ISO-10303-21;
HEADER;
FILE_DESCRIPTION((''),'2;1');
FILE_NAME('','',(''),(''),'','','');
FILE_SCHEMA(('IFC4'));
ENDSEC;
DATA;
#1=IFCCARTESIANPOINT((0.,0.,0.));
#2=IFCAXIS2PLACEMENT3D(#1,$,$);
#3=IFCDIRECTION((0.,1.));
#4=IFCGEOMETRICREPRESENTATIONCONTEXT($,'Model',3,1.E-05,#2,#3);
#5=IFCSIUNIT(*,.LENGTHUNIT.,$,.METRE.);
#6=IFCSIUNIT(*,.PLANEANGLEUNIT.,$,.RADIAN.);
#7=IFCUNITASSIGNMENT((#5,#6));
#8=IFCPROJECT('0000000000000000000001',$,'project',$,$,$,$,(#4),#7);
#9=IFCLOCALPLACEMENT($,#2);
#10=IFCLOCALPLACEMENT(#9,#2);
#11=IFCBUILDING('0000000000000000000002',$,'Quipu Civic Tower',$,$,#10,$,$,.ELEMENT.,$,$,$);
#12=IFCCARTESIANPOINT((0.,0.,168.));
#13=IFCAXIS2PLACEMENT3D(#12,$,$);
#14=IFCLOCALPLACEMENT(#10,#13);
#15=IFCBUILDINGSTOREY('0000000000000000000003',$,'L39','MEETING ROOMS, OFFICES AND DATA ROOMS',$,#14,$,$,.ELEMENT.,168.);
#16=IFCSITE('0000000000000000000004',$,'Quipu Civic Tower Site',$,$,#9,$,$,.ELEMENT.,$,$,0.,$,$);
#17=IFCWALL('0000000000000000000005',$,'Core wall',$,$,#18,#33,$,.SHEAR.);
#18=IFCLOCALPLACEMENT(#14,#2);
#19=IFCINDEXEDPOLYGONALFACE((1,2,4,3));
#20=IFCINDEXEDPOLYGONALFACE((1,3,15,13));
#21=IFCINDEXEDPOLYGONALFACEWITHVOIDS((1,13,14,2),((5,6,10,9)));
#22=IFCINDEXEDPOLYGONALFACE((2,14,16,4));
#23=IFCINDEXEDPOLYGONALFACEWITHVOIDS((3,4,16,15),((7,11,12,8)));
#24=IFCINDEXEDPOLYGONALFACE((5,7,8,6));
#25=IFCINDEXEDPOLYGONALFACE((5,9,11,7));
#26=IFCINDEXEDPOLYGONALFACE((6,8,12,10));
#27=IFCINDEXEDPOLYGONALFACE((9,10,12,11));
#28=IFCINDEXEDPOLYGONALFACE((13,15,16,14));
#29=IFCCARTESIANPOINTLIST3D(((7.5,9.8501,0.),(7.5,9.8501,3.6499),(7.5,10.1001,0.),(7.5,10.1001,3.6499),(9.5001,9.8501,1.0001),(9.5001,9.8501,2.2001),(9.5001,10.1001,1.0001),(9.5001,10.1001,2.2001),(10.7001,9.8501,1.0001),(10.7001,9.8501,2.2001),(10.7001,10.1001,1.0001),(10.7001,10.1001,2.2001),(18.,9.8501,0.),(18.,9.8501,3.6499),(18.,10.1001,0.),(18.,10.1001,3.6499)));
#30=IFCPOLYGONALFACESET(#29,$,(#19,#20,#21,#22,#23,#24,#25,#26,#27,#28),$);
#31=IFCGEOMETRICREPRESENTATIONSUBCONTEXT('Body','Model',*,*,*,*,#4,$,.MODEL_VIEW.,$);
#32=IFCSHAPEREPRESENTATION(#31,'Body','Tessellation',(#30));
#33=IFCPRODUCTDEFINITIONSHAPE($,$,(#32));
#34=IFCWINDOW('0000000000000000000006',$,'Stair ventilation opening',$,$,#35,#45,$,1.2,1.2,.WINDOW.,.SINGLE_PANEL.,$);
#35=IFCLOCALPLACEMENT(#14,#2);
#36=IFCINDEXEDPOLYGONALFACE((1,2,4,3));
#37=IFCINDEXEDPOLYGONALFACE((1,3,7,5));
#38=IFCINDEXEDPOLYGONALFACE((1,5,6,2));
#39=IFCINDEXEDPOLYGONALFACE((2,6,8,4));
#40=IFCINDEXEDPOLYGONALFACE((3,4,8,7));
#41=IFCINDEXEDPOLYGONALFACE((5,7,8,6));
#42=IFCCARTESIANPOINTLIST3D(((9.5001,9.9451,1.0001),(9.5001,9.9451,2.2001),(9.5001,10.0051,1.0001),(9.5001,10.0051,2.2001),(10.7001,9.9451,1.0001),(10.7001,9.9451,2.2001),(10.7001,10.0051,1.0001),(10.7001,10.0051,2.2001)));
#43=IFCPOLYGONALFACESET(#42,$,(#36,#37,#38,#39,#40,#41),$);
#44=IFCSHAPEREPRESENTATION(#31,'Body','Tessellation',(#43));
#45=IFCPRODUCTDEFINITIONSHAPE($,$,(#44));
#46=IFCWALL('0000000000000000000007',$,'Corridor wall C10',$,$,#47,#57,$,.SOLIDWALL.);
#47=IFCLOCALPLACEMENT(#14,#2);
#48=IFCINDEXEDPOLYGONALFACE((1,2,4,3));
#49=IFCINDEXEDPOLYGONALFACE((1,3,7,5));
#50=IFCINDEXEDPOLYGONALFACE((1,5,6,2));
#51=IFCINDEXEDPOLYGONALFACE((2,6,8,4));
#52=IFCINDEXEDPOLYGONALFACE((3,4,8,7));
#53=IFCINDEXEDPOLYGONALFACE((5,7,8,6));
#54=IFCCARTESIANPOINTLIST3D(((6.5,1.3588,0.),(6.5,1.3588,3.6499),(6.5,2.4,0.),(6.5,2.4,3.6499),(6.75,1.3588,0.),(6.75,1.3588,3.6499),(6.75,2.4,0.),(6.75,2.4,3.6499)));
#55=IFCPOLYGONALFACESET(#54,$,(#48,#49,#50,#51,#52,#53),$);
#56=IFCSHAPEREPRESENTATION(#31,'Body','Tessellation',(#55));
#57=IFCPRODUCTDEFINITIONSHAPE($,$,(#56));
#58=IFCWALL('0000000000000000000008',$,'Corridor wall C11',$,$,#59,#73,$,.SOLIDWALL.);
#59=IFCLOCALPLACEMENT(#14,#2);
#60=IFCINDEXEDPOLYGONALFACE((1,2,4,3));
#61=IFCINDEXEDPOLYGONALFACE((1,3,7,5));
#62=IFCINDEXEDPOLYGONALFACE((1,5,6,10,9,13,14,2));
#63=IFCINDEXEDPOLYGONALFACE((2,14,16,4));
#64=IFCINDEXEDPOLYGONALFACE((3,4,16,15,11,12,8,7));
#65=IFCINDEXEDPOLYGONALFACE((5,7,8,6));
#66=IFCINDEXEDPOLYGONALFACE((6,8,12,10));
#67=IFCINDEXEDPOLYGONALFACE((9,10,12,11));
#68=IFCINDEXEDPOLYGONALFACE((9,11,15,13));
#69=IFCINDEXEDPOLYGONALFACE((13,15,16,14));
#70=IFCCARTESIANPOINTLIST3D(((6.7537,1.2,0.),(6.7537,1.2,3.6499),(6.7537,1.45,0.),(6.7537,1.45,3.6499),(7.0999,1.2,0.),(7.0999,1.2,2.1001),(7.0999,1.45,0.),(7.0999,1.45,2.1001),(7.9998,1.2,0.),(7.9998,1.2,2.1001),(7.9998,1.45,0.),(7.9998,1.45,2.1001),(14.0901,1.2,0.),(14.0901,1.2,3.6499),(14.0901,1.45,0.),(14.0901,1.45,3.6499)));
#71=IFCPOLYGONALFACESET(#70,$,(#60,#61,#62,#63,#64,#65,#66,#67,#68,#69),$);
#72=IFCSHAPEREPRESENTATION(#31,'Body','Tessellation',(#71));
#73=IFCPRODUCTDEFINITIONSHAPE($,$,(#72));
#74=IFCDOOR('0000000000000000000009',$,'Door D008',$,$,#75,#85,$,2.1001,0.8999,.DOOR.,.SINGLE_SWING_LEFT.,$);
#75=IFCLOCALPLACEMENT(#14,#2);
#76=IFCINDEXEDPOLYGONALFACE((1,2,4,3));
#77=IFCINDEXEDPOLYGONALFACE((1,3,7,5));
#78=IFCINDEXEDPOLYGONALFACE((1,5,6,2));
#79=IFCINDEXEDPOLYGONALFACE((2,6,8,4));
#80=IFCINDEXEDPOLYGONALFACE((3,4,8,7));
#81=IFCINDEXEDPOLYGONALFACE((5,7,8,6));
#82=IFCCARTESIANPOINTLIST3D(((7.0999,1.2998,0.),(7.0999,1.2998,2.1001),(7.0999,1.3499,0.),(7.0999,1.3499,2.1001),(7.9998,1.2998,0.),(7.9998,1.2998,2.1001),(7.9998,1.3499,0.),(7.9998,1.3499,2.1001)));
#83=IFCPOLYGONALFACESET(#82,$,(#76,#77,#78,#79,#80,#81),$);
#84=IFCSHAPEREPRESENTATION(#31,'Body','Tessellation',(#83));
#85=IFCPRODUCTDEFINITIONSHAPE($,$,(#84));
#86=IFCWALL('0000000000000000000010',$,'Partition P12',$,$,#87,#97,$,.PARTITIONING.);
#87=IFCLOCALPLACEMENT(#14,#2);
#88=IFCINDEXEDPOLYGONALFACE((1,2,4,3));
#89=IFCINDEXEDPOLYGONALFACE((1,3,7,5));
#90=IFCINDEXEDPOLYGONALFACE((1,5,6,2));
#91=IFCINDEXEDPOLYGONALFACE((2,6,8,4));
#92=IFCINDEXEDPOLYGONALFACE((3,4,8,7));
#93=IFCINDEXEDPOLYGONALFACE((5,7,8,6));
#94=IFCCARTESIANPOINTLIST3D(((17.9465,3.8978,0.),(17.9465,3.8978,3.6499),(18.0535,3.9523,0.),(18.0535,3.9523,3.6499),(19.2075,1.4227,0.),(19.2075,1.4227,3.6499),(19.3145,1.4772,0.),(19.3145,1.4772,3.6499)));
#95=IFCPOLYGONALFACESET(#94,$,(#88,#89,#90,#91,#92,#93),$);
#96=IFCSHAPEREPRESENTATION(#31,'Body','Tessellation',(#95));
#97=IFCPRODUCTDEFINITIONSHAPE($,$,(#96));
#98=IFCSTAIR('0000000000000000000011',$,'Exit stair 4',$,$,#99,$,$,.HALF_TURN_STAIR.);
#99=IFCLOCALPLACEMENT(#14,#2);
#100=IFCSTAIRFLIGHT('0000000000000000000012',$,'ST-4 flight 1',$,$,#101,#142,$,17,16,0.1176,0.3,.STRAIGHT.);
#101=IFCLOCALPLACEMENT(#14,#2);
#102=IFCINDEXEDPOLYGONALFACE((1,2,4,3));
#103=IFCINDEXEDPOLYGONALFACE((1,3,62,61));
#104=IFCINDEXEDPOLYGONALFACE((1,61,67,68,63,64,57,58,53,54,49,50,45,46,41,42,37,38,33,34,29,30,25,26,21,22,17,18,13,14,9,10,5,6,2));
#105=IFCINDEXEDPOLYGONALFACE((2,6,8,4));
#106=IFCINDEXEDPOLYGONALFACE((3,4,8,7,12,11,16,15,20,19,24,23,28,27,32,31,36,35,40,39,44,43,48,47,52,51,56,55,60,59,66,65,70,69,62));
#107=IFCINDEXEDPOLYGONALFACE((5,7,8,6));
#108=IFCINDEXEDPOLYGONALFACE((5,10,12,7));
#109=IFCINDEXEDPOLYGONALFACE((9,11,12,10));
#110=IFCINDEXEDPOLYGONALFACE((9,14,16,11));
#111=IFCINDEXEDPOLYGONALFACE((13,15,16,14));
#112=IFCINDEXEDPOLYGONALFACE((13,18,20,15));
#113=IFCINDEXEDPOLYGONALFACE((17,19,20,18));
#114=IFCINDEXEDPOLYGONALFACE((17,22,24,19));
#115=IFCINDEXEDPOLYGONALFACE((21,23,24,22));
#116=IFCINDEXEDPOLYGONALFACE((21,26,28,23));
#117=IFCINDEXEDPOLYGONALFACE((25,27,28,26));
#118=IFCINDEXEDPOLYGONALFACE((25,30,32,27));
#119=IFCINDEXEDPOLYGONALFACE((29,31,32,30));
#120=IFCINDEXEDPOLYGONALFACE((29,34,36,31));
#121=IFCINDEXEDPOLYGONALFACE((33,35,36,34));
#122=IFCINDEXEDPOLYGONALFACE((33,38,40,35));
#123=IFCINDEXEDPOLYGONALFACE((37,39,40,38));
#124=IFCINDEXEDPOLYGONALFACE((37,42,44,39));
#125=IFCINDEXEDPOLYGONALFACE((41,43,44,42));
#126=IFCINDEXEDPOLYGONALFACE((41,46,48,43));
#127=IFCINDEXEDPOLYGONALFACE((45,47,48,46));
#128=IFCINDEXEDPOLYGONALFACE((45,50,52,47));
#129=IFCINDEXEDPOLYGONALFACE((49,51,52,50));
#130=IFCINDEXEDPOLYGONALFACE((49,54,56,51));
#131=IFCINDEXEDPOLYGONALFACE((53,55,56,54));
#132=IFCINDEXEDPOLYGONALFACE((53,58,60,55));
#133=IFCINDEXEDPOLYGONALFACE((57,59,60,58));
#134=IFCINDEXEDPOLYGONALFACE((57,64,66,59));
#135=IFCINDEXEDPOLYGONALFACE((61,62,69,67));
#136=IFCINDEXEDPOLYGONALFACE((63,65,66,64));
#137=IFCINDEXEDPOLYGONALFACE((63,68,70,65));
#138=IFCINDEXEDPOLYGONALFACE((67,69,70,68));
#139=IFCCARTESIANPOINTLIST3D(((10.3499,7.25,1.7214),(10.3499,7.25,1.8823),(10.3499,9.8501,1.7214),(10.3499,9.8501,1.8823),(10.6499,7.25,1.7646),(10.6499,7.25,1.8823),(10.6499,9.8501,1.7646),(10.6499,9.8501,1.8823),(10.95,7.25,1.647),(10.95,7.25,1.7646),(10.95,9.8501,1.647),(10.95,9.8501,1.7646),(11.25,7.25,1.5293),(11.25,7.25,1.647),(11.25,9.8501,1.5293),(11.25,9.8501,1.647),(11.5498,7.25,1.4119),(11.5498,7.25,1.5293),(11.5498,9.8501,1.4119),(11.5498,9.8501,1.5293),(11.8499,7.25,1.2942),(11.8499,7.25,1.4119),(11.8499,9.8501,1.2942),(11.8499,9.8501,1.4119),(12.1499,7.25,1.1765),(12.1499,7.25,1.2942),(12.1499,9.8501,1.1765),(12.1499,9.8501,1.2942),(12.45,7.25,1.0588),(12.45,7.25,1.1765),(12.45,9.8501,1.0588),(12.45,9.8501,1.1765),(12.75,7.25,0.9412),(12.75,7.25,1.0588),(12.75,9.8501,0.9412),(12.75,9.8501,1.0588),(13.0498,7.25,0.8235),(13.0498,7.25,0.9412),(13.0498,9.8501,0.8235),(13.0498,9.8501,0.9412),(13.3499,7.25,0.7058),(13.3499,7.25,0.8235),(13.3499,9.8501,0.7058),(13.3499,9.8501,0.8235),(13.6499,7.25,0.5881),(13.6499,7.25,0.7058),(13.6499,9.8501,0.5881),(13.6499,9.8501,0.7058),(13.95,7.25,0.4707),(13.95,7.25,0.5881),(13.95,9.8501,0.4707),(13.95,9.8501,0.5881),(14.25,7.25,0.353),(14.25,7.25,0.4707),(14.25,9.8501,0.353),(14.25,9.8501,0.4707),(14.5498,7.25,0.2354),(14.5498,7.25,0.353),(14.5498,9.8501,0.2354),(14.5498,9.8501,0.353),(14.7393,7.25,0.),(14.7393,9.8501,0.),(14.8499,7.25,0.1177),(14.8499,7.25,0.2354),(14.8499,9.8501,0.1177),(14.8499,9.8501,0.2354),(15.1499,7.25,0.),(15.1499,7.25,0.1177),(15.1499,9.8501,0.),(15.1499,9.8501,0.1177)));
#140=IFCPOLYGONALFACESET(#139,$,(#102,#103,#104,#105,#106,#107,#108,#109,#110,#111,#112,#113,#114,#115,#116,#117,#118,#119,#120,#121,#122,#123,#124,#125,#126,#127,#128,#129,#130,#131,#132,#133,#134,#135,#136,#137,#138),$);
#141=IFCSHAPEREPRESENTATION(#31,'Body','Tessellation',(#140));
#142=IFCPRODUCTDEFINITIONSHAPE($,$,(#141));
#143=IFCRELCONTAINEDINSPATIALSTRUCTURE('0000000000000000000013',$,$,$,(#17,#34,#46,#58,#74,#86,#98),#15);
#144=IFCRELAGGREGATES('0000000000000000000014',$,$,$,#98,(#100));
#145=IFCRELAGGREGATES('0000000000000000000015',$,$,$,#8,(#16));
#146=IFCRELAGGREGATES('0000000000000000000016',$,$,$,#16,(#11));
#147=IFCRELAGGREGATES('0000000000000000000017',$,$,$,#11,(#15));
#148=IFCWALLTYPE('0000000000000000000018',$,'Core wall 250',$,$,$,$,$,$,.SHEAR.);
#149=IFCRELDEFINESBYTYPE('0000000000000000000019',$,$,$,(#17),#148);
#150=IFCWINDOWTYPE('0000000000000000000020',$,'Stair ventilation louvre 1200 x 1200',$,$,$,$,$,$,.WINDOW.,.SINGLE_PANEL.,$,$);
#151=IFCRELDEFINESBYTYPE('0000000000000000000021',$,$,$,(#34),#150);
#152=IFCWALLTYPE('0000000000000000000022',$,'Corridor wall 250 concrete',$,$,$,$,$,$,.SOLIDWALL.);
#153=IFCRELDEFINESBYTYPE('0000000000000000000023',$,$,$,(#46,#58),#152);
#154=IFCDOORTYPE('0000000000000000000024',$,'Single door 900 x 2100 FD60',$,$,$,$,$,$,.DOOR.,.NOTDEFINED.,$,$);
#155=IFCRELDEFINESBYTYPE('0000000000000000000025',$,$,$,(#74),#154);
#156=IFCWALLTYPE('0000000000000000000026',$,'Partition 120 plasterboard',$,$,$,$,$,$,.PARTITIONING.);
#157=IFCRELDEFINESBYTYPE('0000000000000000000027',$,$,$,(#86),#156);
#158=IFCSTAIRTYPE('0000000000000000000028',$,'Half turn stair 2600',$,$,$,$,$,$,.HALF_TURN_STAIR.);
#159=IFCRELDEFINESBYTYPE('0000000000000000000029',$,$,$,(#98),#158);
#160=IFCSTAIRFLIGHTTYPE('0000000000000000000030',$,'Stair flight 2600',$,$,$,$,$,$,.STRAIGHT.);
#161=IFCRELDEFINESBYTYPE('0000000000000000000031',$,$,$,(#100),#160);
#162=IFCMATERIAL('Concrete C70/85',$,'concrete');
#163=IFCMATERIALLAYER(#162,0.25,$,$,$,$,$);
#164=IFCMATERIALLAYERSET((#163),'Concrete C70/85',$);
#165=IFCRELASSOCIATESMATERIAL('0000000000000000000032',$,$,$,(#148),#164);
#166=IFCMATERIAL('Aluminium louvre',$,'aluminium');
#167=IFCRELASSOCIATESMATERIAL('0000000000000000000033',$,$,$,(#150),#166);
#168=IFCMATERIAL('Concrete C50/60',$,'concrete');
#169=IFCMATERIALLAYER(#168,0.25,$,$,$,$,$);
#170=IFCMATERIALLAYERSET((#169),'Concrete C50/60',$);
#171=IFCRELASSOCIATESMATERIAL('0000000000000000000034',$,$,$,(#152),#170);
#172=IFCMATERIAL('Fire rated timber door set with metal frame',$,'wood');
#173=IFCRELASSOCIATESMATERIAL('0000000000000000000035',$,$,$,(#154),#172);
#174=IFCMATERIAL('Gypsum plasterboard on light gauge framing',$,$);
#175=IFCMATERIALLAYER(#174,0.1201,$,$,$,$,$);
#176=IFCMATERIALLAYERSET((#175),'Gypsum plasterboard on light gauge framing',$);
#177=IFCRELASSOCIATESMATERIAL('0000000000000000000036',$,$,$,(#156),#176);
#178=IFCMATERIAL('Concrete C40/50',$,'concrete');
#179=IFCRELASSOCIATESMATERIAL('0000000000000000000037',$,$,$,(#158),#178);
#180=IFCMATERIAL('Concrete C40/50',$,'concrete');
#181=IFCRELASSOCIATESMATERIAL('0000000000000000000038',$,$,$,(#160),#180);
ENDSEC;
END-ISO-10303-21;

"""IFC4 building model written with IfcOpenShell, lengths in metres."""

from ifc_helpers import new_model, si_unit, direction, frame, frame_2d, origin, place, context, subcontext, project, spatial, polyline, rectangle, outline, extrude, material, layer, layer_set, type_object, element, fill, aggregate, save


model = new_model("IFC4")

# Units and contexts
model_context = context("Model", 3, precision=1e-05, world=origin(), true_north=direction((0.0, 1.0)))
body_context = subcontext(model_context, "Body", "Model", "MODEL_VIEW")
ifc_project = project(units=[si_unit("LENGTHUNIT", "METRE"), si_unit("PLANEANGLEUNIT", "RADIAN")], contexts=[model_context])

# Site, building, storey
site_placement = place(None, origin())
site = spatial("IfcSite", under=ifc_project, at=site_placement, Name="Quipu Civic Tower Site", CompositionType="ELEMENT", RefElevation=0.0)
building_placement = place(site_placement, origin())
building = spatial("IfcBuilding", under=site, at=building_placement, Name="Quipu Civic Tower", CompositionType="ELEMENT")
storey_placement = place(building_placement, frame((0.0, 0.0, 168.0)))
storey = spatial("IfcBuildingStorey", under=building, at=storey_placement, Name="L39", Description="MEETING ROOMS, OFFICES AND DATA ROOMS", CompositionType="ELEMENT", Elevation=168.0)

# Shared definitions
ifc_material_1 = material(Name="Concrete C70/85", Category="concrete")
ifc_layer_1 = layer(ifc_material_1, 0.25)
ifc_layer_set_1 = layer_set([ifc_layer_1], Name="Concrete C70/85")
wall_type_1 = type_object("IfcWallType", Name="Core wall 250", PredefinedType="SHEAR", material=ifc_layer_set_1)

# Wall, opening, window
wall_1_placement = place(storey_placement, frame((7.5, 9.9751, 0.0), z_axis=(0.0, 0.0, 1.0), x_axis=(1.0, 0.0, 0.0)))
wall_1 = element("IfcWall", 1, at=wall_1_placement, inside=storey, type_object=wall_type_1, Name="Core wall", PredefinedType="SHEAR", context=body_context, shape_type="SweptSolid", body=[
    extrude(rectangle(XDim=10.5, YDim=0.25, at=frame_2d((5.25, 0.0))), origin(), (0.0, 0.0, 1.0), 3.6499),
])
opening_1_placement = place(wall_1_placement, frame((2.0, 0.0, 1.0)))
opening_1 = element("IfcOpeningElement", 2, at=opening_1_placement, cuts=wall_1, PredefinedType="OPENING", context=body_context, shape_type="SweptSolid", body=[
    extrude(rectangle(XDim=1.2, YDim=1.2, at=frame_2d((0.6001, 0.6001))), frame((0.0, 0.135, 0.0), z_axis=(0.0, -1.0, 0.0), x_axis=(1.0, 0.0, 0.0)), (0.0, 0.0, 1.0), 0.27),
])
ifc_material_2 = material(Name="Aluminium louvre", Category="aluminium")
window_type = type_object("IfcWindowType", Name="Stair ventilation louvre 1200 x 1200", PartitioningType="SINGLE_PANEL", PredefinedType="WINDOW", material=ifc_material_2)
window_placement = place(opening_1_placement, origin())
window = element("IfcWindow", 3, at=window_placement, inside=storey, type_object=window_type, Name="Stair ventilation opening", OverallHeight=1.2, OverallWidth=1.2, PartitioningType="SINGLE_PANEL", PredefinedType="WINDOW", context=body_context, shape_type="SweptSolid", body=[
    extrude(rectangle(XDim=1.2, YDim=1.2, at=frame_2d((0.6001, 0.6001))), frame((0.0, 0.03, 0.0), z_axis=(0.0, -1.0, 0.0), x_axis=(1.0, 0.0, 0.0)), (0.0, 0.0, 1.0), 0.0601),
])
fill(opening_1, window)

# Wall
ifc_material_3 = material(Name="Concrete C50/60", Category="concrete")
ifc_layer_2 = layer(ifc_material_3, 0.25)
ifc_layer_set_2 = layer_set([ifc_layer_2], Name="Concrete C50/60")
wall_type_2 = type_object("IfcWallType", Name="Corridor wall 250 concrete", PredefinedType="SOLIDWALL", material=ifc_layer_set_2)
wall_2_placement = place(storey_placement, frame((6.625, 2.3999, 0.0), z_axis=(0.0, 0.0, 1.0), x_axis=(0.0, -1.0, 0.0)))
element("IfcWall", 4, at=wall_2_placement, inside=storey, type_object=wall_type_2, Name="Corridor wall C10", PredefinedType="SOLIDWALL", context=body_context, shape_type="SweptSolid", body=[
    extrude(rectangle(XDim=1.0413, YDim=0.25, at=frame_2d((0.5205, 0.0))), origin(), (0.0, 0.0, 1.0), 3.6499),
])

# Wall, opening, door
wall_3_placement = place(storey_placement, frame((6.7537, 1.325, 0.0), z_axis=(0.0, 0.0, 1.0), x_axis=(1.0, 0.0, 0.0)))
wall_3 = element("IfcWall", 5, at=wall_3_placement, inside=storey, type_object=wall_type_2, Name="Corridor wall C11", PredefinedType="SOLIDWALL", context=body_context, shape_type="SweptSolid", body=[
    extrude(rectangle(XDim=7.3364, YDim=0.25, at=frame_2d((3.6682, 0.0))), origin(), (0.0, 0.0, 1.0), 3.6499),
])
opening_2_placement = place(wall_3_placement, frame((0.3462, 0.0, 0.0)))
opening_2 = element("IfcOpeningElement", 6, at=opening_2_placement, cuts=wall_3, PredefinedType="OPENING", context=body_context, shape_type="SweptSolid", body=[
    extrude(rectangle(XDim=0.8999, YDim=2.1001, at=frame_2d((0.45, 1.05))), frame((0.0, 0.135, 0.0), z_axis=(0.0, -1.0, 0.0), x_axis=(1.0, 0.0, 0.0)), (0.0, 0.0, 1.0), 0.27),
])
ifc_material_4 = material(Name="Fire rated timber door set with metal frame", Category="wood")
door_type_1 = type_object("IfcDoorType", Name="Single door 900 x 2100 FD60", OperationType="NOTDEFINED", PredefinedType="DOOR", material=ifc_material_4)
door_1_placement = place(opening_2_placement, origin())
door_1 = element("IfcDoor", 7, at=door_1_placement, inside=storey, type_object=door_type_1, Name="Door D008", OperationType="SINGLE_SWING_LEFT", OverallHeight=2.1001, OverallWidth=0.8999, PredefinedType="DOOR", context=body_context, shape_type="SweptSolid", body=[
    extrude(rectangle(XDim=0.8999, YDim=2.1001, at=frame_2d((0.45, 1.05))), frame((0.0, 0.0249, 0.0), z_axis=(0.0, -1.0, 0.0), x_axis=(1.0, 0.0, 0.0)), (0.0, 0.0, 1.0), 0.05),
])
fill(opening_2, door_1)

# Wall
ifc_material_5 = material(Name="Gypsum plasterboard on light gauge framing")
ifc_layer_3 = layer(ifc_material_5, 0.1201)
ifc_layer_set_3 = layer_set([ifc_layer_3], Name="Gypsum plasterboard on light gauge framing")
wall_type_3 = type_object("IfcWallType", Name="Partition 120 plasterboard", PredefinedType="PARTITIONING", material=ifc_layer_set_3)
wall_4_placement = place(storey_placement, frame((18.0, 3.925, 0.0), z_axis=(0.0, 0.0, 1.0), x_axis=(0.453951, -0.891027, 0.0)))
element("IfcWall", 8, at=wall_4_placement, inside=storey, type_object=wall_type_3, Name="Partition P12", PredefinedType="PARTITIONING", context=body_context, shape_type="SweptSolid", body=[
    extrude(rectangle(XDim=2.7778, YDim=0.1201, at=frame_2d((1.3889, 0.0))), origin(), (0.0, 0.0, 1.0), 3.6499),
])

# Stair, stair flight
ifc_material_6 = material(Name="Concrete C40/50", Category="concrete")
stair_type = type_object("IfcStairType", Name="Half turn stair 2600", PredefinedType="HALF_TURN_STAIR", material=ifc_material_6)
stair_placement = place(storey_placement, origin())
stair = element("IfcStair", 9, at=stair_placement, inside=storey, type_object=stair_type, Name="Exit stair 4", PredefinedType="HALF_TURN_STAIR")
ifc_material_7 = material(Name="Concrete C40/50", Category="concrete")
stair_flight_type = type_object("IfcStairFlightType", Name="Stair flight 2600", PredefinedType="STRAIGHT", material=ifc_material_7)
stair_flight_1_placement = place(storey_placement, frame((15.1499, 8.55, 0.0), z_axis=(0.0, 0.0, 1.0), x_axis=(-1.0, 0.0, 0.0)))
stair_flight_1 = element("IfcStairFlight", 10, at=stair_flight_1_placement, type_object=stair_flight_type, Name="ST-4 flight 1", NumberOfRisers=17, NumberOfTreads=16, PredefinedType="STRAIGHT", RiserHeight=0.1176, TreadLength=0.3, context=body_context, shape_type="SweptSolid", body=[
    extrude(outline(polyline([(0.0, 0.0), (0.0, 0.1177), (0.3, 0.1177), (0.3, 0.2354), (0.6001, 0.2354), (0.6001, 0.353), (0.8999, 0.353), (0.8999, 0.4707), (1.2, 0.4707), (1.2, 0.5881), (1.5, 0.5881), (1.5, 0.7058), (1.8, 0.7058), (1.8, 0.8235), (2.1001, 0.8235), (2.1001, 0.9412), (2.3999, 0.9412), (2.3999, 1.0588), (2.7, 1.0588), (2.7, 1.1765), (3.0, 1.1765), (3.0, 1.2942), (3.3, 1.2942), (3.3, 1.4119), (3.6001, 1.4119), (3.6001, 1.5293), (3.8999, 1.5293), (3.8999, 1.647), (4.2, 1.647), (4.2, 1.7646), (4.5, 1.7646), (4.5, 1.8823), (4.8, 1.8823), (4.8, 2.0), (4.8, 1.7214), (0.4106, 0.0), (0.0, 0.0)])), frame((0.0, 1.3, 0.0), z_axis=(0.0, -1.0, 0.0), x_axis=(1.0, 0.0, 0.0)), (0.0, 0.0, 1.0), 2.6001),
])
aggregate(stair, [stair_flight_1])

save(model, "model.ifc")
